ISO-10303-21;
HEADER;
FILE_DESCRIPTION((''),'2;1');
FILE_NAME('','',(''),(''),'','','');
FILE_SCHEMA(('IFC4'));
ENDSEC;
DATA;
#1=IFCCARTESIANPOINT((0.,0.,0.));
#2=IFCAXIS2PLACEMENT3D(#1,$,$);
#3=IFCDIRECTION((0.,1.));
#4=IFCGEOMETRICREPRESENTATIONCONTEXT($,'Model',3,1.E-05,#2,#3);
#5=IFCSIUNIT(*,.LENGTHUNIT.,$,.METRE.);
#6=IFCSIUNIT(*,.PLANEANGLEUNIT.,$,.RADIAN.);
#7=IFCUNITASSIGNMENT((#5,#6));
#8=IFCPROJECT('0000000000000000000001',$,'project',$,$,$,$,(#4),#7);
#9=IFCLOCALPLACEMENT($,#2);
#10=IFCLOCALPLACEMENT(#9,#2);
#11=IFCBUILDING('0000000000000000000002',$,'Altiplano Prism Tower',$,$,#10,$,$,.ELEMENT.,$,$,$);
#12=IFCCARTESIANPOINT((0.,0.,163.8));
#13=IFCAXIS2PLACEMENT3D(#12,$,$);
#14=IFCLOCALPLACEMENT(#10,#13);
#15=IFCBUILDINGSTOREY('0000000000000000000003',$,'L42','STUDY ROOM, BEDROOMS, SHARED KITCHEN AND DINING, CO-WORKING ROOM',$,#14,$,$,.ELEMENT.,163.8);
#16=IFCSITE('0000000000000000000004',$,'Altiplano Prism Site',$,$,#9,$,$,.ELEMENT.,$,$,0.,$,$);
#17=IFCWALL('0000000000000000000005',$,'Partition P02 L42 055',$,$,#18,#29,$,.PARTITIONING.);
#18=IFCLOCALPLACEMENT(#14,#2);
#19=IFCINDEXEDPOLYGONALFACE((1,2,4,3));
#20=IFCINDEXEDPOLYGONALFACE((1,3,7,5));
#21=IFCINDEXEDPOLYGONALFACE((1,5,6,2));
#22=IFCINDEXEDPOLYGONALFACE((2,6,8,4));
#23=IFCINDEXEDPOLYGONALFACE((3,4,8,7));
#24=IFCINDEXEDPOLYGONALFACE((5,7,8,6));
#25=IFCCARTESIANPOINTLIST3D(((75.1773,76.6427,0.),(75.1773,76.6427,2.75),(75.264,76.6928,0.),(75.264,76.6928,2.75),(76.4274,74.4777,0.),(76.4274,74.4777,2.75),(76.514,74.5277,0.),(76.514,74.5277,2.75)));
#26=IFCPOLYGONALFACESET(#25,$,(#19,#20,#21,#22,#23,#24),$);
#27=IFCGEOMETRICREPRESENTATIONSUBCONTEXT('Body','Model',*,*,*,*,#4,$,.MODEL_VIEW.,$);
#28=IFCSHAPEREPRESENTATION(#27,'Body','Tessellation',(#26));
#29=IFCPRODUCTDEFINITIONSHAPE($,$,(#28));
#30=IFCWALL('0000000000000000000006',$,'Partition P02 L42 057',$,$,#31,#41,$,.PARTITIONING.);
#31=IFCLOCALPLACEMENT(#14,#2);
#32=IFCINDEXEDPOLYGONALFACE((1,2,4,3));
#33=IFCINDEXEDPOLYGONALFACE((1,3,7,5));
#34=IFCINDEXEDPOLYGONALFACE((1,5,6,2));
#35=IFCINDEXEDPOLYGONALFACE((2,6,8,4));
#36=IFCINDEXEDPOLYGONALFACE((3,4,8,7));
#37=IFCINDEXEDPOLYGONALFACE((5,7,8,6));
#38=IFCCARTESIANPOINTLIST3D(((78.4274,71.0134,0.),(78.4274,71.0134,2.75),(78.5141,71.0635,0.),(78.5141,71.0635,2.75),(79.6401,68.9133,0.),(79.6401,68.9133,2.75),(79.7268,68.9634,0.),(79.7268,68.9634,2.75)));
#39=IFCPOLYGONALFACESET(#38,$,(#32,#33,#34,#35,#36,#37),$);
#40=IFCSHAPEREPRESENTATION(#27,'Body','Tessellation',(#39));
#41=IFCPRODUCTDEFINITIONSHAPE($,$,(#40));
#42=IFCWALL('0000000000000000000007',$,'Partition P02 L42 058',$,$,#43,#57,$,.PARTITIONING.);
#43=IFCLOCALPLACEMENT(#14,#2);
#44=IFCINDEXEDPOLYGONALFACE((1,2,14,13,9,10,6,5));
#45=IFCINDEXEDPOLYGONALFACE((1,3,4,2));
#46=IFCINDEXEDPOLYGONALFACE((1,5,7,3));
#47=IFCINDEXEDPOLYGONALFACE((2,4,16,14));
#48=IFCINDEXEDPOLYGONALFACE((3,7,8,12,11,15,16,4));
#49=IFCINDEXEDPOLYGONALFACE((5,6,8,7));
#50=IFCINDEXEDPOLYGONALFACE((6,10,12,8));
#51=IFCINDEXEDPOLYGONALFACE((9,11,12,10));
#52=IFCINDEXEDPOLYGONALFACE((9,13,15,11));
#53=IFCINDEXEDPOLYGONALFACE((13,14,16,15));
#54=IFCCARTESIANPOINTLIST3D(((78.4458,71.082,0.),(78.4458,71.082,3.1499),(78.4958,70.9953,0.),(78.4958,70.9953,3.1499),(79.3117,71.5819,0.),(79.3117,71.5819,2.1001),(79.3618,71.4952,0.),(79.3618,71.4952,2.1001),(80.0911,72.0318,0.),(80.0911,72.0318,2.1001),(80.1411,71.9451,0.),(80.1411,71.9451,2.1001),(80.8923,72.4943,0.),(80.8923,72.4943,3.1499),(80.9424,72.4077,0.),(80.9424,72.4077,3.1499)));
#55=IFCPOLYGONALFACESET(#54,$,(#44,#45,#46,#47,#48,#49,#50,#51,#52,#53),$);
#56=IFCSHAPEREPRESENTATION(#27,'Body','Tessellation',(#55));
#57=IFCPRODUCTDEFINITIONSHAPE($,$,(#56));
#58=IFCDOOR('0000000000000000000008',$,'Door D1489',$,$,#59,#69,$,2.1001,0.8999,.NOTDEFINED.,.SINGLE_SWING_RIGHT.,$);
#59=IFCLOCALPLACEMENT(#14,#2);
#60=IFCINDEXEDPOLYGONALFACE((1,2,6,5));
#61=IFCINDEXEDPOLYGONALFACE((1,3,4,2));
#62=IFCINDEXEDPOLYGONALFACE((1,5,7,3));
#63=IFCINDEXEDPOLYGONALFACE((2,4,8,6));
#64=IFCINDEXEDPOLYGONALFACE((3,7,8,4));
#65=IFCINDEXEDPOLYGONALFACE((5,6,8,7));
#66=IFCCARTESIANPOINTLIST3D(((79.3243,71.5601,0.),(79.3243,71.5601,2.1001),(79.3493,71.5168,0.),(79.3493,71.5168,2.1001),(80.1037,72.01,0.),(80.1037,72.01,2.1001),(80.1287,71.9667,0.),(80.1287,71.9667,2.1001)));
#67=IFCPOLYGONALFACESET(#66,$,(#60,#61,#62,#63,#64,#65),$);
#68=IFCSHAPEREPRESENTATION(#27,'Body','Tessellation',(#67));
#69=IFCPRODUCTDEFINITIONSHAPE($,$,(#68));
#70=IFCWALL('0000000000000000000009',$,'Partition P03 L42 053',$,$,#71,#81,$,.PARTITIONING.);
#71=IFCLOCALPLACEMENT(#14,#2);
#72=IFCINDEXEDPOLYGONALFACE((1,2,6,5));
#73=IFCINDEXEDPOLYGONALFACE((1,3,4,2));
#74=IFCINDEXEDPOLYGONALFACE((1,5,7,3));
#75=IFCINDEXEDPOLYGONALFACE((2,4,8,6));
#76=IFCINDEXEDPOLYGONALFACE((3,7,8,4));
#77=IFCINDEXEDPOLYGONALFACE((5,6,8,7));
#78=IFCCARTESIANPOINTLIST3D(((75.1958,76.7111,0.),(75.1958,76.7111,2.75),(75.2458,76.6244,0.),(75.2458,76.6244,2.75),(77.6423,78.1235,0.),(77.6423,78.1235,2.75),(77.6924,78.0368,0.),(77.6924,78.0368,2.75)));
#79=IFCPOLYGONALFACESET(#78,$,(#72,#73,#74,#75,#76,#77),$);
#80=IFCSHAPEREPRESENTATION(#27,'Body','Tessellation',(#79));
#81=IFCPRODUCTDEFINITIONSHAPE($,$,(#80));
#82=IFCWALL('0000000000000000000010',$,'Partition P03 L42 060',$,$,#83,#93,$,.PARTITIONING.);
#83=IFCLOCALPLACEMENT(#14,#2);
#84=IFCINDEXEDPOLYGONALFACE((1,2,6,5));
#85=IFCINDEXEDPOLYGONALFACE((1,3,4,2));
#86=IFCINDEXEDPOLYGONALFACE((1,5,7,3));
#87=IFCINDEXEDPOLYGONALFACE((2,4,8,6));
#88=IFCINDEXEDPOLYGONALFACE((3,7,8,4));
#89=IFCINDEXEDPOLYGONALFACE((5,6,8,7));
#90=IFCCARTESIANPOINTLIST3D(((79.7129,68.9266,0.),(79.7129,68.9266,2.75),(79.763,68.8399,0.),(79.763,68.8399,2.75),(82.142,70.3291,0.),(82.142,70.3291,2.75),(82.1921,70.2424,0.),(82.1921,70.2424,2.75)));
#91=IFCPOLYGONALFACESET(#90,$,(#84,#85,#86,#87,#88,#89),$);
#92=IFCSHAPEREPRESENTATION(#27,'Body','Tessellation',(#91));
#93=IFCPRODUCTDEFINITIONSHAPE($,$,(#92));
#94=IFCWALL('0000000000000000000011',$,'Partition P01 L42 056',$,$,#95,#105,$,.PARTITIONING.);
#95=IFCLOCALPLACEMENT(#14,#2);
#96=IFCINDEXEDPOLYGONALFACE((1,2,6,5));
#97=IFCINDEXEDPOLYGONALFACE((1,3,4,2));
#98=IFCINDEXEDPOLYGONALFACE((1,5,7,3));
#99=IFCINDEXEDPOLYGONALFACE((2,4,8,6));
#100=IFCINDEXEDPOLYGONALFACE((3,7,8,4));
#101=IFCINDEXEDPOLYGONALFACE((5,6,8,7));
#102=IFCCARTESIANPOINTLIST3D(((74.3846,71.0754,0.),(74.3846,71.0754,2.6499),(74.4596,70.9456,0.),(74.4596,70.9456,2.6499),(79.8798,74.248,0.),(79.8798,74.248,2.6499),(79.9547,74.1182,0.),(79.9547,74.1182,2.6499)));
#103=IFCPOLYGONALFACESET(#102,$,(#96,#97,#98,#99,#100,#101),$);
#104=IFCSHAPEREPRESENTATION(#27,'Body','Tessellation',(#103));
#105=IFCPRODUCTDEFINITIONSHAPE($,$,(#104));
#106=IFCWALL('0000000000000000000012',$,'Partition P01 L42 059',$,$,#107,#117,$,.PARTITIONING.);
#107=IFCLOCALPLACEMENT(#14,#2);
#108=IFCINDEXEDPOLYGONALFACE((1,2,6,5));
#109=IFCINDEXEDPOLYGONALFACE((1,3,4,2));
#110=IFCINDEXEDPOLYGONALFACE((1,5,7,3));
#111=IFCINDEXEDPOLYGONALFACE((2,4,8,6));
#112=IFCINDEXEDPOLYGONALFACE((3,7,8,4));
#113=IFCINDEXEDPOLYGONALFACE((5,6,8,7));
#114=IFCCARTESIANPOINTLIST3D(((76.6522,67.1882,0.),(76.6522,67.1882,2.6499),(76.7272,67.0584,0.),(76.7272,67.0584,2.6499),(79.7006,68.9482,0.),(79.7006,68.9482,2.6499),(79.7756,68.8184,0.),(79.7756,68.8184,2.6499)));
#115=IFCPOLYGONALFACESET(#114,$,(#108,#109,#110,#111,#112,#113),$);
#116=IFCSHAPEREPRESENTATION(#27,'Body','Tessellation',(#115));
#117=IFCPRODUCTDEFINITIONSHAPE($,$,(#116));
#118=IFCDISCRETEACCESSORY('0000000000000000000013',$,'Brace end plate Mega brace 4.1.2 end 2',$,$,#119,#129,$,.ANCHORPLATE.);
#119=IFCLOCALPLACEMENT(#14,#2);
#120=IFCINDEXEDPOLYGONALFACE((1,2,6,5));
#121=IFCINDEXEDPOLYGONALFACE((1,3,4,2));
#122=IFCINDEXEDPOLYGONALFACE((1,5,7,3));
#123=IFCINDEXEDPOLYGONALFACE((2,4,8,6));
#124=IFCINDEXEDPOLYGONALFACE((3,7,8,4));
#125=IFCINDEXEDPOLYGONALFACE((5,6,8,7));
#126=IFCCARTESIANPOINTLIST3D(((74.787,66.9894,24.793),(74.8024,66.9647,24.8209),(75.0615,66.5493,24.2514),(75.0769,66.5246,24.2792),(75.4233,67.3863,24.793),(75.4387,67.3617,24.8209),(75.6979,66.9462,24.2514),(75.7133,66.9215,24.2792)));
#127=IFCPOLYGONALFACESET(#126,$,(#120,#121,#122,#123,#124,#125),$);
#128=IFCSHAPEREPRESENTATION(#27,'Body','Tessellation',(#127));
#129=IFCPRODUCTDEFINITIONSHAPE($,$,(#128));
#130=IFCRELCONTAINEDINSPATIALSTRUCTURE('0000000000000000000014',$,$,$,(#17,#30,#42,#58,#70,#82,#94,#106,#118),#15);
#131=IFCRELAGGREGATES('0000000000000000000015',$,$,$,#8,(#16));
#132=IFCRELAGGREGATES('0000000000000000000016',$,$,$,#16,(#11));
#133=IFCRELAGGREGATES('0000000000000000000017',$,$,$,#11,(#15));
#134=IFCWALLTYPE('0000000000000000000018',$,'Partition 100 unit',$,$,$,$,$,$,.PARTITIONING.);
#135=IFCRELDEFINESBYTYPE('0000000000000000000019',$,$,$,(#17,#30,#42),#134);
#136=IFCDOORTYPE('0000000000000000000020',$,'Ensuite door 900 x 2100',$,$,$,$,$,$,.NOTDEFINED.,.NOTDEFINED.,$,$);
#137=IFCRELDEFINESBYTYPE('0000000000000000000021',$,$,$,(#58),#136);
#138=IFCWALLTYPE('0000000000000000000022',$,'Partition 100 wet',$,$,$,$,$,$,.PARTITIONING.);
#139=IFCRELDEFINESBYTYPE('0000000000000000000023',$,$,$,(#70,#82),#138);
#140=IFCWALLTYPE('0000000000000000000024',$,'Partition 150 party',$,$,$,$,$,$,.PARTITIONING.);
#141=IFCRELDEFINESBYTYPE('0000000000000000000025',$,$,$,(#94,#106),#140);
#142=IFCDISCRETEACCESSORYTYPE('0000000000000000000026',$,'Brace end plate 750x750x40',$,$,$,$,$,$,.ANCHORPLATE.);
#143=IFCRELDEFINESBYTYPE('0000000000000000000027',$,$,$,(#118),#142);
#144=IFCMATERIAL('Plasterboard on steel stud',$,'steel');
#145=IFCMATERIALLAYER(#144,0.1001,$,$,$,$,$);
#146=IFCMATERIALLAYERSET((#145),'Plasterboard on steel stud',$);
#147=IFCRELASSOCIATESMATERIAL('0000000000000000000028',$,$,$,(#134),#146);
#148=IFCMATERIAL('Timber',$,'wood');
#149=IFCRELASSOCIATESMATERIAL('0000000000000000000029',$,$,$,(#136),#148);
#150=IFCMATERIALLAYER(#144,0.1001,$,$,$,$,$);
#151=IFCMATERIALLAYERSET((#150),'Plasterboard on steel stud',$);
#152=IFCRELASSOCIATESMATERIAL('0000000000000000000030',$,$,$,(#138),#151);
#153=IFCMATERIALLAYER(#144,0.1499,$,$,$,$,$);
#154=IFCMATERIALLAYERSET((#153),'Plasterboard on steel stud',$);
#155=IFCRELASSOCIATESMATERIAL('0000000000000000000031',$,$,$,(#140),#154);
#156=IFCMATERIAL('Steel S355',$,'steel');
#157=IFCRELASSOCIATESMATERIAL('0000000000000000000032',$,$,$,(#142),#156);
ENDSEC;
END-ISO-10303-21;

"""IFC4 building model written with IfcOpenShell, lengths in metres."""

from ifc_helpers import new_model, si_unit, direction, frame, frame_2d, origin, origin_2d, place, context, subcontext, project, spatial, rectangle, extrude, material, layer, layer_set, material_profile, profile_set, type_object, element, fill, save


model = new_model("IFC4")

# Units and contexts
model_context = context("Model", 3, precision=1e-05, world=origin(), true_north=direction((0.0, 1.0)))
body_context = subcontext(model_context, "Body", "Model", "MODEL_VIEW")
ifc_project = project(units=[si_unit("LENGTHUNIT", "METRE"), si_unit("PLANEANGLEUNIT", "RADIAN")], contexts=[model_context])

# Site, building, storey
site_placement = place(None, origin())
site = spatial("IfcSite", under=ifc_project, at=site_placement, Name="Altiplano Prism Site", CompositionType="ELEMENT", RefElevation=0.0)
building_placement = place(site_placement, origin())
building = spatial("IfcBuilding", under=site, at=building_placement, Name="Altiplano Prism Tower", CompositionType="ELEMENT")
storey_placement = place(building_placement, frame((0.0, 0.0, 163.8)))
storey = spatial("IfcBuildingStorey", under=building, at=storey_placement, Name="L42", Description="STUDY ROOM, BEDROOMS, SHARED KITCHEN AND DINING, CO-WORKING ROOM", CompositionType="ELEMENT", Elevation=163.8)

# Shared definitions
ifc_material_1 = material(Name="Steel S355", Category="steel")

# Shared definitions
ifc_material_2 = material(Name="Plasterboard on steel stud", Category="steel")
ifc_layer_1 = layer(ifc_material_2, 0.1001)
ifc_layer_set_1 = layer_set([ifc_layer_1], Name="Plasterboard on steel stud")
wall_type_1 = type_object("IfcWallType", Name="Partition 100 unit", PredefinedType="PARTITIONING", material=ifc_layer_set_1)
ifc_material_3 = material(Name="Timber", Category="wood")
door_type = type_object("IfcDoorType", Name="Ensuite door 900 x 2100", OperationType="NOTDEFINED", PredefinedType="NOTDEFINED", material=ifc_material_3)

# Walls
wall_1_placement = place(storey_placement, frame((76.4707, 74.5027, 0.0), z_axis=(0.0, 0.0, 1.0), x_axis=(-0.500004, 0.866023, 0.0)))
element("IfcWall", 1, at=wall_1_placement, inside=storey, type_object=wall_type_1, Name="Partition P02 L42 055", PredefinedType="PARTITIONING", context=body_context, shape_type="SweptSolid", body=[
    extrude(rectangle(XDim=2.5, YDim=0.1001, at=frame_2d((1.25, 0.0))), origin(), (0.0, 0.0, 1.0), 2.75),
])
wall_2_placement = place(storey_placement, frame((79.6833, 68.9385, 0.0), z_axis=(0.0, 0.0, 1.0), x_axis=(-0.500048, 0.865998, 0.0)))
element("IfcWall", 2, at=wall_2_placement, inside=storey, type_object=wall_type_1, Name="Partition P02 L42 057", PredefinedType="PARTITIONING", context=body_context, shape_type="SweptSolid", body=[
    extrude(rectangle(XDim=2.425, YDim=0.1001, at=frame_2d((1.2124, 0.0))), origin(), (0.0, 0.0, 1.0), 2.75),
])

# Wall, opening, door
wall_3_placement = place(storey_placement, frame((78.4707, 71.0386, 0.0), z_axis=(0.0, 0.0, 1.0), x_axis=(0.866049, 0.499959, 0.0)))
wall_3 = element("IfcWall", 3, at=wall_3_placement, inside=storey, type_object=wall_type_1, Name="Partition P02 L42 058", PredefinedType="PARTITIONING", context=body_context, shape_type="SweptSolid", body=[
    extrude(rectangle(XDim=2.825, YDim=0.1001, at=frame_2d((1.4126, 0.0))), origin(), (0.0, 0.0, 1.0), 3.1499),
])
opening_1_placement = place(wall_3_placement, frame((1.0, 0.0, 0.0)))
opening_1 = element("IfcOpeningElement", 4, at=opening_1_placement, cuts=wall_3, PredefinedType="OPENING", context=body_context, shape_type="SweptSolid", body=[
    extrude(rectangle(XDim=0.8999, YDim=2.1001, at=frame_2d((0.45, 1.05))), frame((0.0, 0.0605, 0.0), z_axis=(0.0, -1.0, 0.0), x_axis=(1.0, 0.0, 0.0)), (0.0, 0.0, 1.0), 0.1211),
])
door_1_placement = place(opening_1_placement, origin())
door_1 = element("IfcDoor", 5, at=door_1_placement, inside=storey, type_object=door_type, Name="Door D1489", OperationType="SINGLE_SWING_RIGHT", OverallHeight=2.1001, OverallWidth=0.8999, PredefinedType="NOTDEFINED", context=body_context, shape_type="SweptSolid", body=[
    extrude(rectangle(XDim=0.8999, YDim=2.1001, at=frame_2d((0.45, 1.05))), frame((0.0, 0.0249, 0.0), z_axis=(0.0, -1.0, 0.0), x_axis=(1.0, 0.0, 0.0)), (0.0, 0.0, 1.0), 0.05),
])
fill(opening_1, door_1)

# Walls
ifc_layer_2 = layer(ifc_material_2, 0.1001)
ifc_layer_set_2 = layer_set([ifc_layer_2], Name="Plasterboard on steel stud")
wall_type_2 = type_object("IfcWallType", Name="Partition 100 wet", PredefinedType="PARTITIONING", material=ifc_layer_set_2)
wall_4_placement = place(storey_placement, frame((75.2207, 76.6677, 0.0), z_axis=(0.0, 0.0, 1.0), x_axis=(0.866049, 0.499959, 0.0)))
element("IfcWall", 6, at=wall_4_placement, inside=storey, type_object=wall_type_2, Name="Partition P03 L42 053", PredefinedType="PARTITIONING", context=body_context, shape_type="SweptSolid", body=[
    extrude(rectangle(XDim=2.825, YDim=0.1001, at=frame_2d((1.4126, 0.0))), origin(), (0.0, 0.0, 1.0), 2.75),
])
wall_5_placement = place(storey_placement, frame((79.738, 68.8833, 0.0), z_axis=(0.0, 0.0, 1.0), x_axis=(0.866012, 0.500024, 0.0)))
element("IfcWall", 7, at=wall_5_placement, inside=storey, type_object=wall_type_2, Name="Partition P03 L42 060", PredefinedType="PARTITIONING", context=body_context, shape_type="SweptSolid", body=[
    extrude(rectangle(XDim=2.8049, YDim=0.1001, at=frame_2d((1.4023, 0.0))), origin(), (0.0, 0.0, 1.0), 2.75),
])
ifc_layer_3 = layer(ifc_material_2, 0.1499)
ifc_layer_set_3 = layer_set([ifc_layer_3], Name="Plasterboard on steel stud")
wall_type_3 = type_object("IfcWallType", Name="Partition 150 party", PredefinedType="PARTITIONING", material=ifc_layer_set_3)
wall_6_placement = place(storey_placement, frame((74.4221, 71.0105, 0.0), z_axis=(0.0, 0.0, 1.0), x_axis=(0.866025, 0.5, 0.0)))
element("IfcWall", 8, at=wall_6_placement, inside=storey, type_object=wall_type_3, Name="Partition P01 L42 056", PredefinedType="PARTITIONING", context=body_context, shape_type="SweptSolid", body=[
    extrude(rectangle(XDim=6.3452, YDim=0.1499, at=frame_2d((3.1726, 0.0))), origin(), (0.0, 0.0, 1.0), 2.6499),
])
wall_7_placement = place(storey_placement, frame((76.6897, 67.1233, 0.0), z_axis=(0.0, 0.0, 1.0), x_axis=(0.866019, 0.500011, 0.0)))
element("IfcWall", 9, at=wall_7_placement, inside=storey, type_object=wall_type_3, Name="Partition P01 L42 059", PredefinedType="PARTITIONING", context=body_context, shape_type="SweptSolid", body=[
    extrude(rectangle(XDim=3.52, YDim=0.1499, at=frame_2d((1.76, 0.0))), origin(), (0.0, 0.0, 1.0), 2.6499),
])

# Discrete accessory
ifc_material_profile_1 = material_profile(ifc_material_1, rectangle(XDim=0.75, YDim=0.75, at=origin_2d()), Name="Brace end plate 750x750x40")
ifc_profile_set_1 = profile_set([ifc_material_profile_1], Name="Steel S355")
discrete_accessory_type = type_object("IfcDiscreteAccessoryType", Name="Brace end plate 750x750x40", PredefinedType="ANCHORPLATE", material=ifc_profile_set_1)
discrete_accessory_placement = place(storey_placement, frame((75.2578, 66.9431, 24.55), z_axis=(-0.382233, 0.612786, -0.691659), x_axis=(-0.84847, -0.529244, 0.0)))
element("IfcDiscreteAccessory", 10, at=discrete_accessory_placement, inside=storey, type_object=discrete_accessory_type, Name="Brace end plate Mega brace 4.1.2 end 2", PredefinedType="ANCHORPLATE", context=body_context, shape_type="SweptSolid", body=[
    extrude(rectangle(XDim=0.75, YDim=0.75, at=origin_2d()), origin(), (0.0, 0.0, 1.0), 0.0403),
])

save(model, "model.ifc")
